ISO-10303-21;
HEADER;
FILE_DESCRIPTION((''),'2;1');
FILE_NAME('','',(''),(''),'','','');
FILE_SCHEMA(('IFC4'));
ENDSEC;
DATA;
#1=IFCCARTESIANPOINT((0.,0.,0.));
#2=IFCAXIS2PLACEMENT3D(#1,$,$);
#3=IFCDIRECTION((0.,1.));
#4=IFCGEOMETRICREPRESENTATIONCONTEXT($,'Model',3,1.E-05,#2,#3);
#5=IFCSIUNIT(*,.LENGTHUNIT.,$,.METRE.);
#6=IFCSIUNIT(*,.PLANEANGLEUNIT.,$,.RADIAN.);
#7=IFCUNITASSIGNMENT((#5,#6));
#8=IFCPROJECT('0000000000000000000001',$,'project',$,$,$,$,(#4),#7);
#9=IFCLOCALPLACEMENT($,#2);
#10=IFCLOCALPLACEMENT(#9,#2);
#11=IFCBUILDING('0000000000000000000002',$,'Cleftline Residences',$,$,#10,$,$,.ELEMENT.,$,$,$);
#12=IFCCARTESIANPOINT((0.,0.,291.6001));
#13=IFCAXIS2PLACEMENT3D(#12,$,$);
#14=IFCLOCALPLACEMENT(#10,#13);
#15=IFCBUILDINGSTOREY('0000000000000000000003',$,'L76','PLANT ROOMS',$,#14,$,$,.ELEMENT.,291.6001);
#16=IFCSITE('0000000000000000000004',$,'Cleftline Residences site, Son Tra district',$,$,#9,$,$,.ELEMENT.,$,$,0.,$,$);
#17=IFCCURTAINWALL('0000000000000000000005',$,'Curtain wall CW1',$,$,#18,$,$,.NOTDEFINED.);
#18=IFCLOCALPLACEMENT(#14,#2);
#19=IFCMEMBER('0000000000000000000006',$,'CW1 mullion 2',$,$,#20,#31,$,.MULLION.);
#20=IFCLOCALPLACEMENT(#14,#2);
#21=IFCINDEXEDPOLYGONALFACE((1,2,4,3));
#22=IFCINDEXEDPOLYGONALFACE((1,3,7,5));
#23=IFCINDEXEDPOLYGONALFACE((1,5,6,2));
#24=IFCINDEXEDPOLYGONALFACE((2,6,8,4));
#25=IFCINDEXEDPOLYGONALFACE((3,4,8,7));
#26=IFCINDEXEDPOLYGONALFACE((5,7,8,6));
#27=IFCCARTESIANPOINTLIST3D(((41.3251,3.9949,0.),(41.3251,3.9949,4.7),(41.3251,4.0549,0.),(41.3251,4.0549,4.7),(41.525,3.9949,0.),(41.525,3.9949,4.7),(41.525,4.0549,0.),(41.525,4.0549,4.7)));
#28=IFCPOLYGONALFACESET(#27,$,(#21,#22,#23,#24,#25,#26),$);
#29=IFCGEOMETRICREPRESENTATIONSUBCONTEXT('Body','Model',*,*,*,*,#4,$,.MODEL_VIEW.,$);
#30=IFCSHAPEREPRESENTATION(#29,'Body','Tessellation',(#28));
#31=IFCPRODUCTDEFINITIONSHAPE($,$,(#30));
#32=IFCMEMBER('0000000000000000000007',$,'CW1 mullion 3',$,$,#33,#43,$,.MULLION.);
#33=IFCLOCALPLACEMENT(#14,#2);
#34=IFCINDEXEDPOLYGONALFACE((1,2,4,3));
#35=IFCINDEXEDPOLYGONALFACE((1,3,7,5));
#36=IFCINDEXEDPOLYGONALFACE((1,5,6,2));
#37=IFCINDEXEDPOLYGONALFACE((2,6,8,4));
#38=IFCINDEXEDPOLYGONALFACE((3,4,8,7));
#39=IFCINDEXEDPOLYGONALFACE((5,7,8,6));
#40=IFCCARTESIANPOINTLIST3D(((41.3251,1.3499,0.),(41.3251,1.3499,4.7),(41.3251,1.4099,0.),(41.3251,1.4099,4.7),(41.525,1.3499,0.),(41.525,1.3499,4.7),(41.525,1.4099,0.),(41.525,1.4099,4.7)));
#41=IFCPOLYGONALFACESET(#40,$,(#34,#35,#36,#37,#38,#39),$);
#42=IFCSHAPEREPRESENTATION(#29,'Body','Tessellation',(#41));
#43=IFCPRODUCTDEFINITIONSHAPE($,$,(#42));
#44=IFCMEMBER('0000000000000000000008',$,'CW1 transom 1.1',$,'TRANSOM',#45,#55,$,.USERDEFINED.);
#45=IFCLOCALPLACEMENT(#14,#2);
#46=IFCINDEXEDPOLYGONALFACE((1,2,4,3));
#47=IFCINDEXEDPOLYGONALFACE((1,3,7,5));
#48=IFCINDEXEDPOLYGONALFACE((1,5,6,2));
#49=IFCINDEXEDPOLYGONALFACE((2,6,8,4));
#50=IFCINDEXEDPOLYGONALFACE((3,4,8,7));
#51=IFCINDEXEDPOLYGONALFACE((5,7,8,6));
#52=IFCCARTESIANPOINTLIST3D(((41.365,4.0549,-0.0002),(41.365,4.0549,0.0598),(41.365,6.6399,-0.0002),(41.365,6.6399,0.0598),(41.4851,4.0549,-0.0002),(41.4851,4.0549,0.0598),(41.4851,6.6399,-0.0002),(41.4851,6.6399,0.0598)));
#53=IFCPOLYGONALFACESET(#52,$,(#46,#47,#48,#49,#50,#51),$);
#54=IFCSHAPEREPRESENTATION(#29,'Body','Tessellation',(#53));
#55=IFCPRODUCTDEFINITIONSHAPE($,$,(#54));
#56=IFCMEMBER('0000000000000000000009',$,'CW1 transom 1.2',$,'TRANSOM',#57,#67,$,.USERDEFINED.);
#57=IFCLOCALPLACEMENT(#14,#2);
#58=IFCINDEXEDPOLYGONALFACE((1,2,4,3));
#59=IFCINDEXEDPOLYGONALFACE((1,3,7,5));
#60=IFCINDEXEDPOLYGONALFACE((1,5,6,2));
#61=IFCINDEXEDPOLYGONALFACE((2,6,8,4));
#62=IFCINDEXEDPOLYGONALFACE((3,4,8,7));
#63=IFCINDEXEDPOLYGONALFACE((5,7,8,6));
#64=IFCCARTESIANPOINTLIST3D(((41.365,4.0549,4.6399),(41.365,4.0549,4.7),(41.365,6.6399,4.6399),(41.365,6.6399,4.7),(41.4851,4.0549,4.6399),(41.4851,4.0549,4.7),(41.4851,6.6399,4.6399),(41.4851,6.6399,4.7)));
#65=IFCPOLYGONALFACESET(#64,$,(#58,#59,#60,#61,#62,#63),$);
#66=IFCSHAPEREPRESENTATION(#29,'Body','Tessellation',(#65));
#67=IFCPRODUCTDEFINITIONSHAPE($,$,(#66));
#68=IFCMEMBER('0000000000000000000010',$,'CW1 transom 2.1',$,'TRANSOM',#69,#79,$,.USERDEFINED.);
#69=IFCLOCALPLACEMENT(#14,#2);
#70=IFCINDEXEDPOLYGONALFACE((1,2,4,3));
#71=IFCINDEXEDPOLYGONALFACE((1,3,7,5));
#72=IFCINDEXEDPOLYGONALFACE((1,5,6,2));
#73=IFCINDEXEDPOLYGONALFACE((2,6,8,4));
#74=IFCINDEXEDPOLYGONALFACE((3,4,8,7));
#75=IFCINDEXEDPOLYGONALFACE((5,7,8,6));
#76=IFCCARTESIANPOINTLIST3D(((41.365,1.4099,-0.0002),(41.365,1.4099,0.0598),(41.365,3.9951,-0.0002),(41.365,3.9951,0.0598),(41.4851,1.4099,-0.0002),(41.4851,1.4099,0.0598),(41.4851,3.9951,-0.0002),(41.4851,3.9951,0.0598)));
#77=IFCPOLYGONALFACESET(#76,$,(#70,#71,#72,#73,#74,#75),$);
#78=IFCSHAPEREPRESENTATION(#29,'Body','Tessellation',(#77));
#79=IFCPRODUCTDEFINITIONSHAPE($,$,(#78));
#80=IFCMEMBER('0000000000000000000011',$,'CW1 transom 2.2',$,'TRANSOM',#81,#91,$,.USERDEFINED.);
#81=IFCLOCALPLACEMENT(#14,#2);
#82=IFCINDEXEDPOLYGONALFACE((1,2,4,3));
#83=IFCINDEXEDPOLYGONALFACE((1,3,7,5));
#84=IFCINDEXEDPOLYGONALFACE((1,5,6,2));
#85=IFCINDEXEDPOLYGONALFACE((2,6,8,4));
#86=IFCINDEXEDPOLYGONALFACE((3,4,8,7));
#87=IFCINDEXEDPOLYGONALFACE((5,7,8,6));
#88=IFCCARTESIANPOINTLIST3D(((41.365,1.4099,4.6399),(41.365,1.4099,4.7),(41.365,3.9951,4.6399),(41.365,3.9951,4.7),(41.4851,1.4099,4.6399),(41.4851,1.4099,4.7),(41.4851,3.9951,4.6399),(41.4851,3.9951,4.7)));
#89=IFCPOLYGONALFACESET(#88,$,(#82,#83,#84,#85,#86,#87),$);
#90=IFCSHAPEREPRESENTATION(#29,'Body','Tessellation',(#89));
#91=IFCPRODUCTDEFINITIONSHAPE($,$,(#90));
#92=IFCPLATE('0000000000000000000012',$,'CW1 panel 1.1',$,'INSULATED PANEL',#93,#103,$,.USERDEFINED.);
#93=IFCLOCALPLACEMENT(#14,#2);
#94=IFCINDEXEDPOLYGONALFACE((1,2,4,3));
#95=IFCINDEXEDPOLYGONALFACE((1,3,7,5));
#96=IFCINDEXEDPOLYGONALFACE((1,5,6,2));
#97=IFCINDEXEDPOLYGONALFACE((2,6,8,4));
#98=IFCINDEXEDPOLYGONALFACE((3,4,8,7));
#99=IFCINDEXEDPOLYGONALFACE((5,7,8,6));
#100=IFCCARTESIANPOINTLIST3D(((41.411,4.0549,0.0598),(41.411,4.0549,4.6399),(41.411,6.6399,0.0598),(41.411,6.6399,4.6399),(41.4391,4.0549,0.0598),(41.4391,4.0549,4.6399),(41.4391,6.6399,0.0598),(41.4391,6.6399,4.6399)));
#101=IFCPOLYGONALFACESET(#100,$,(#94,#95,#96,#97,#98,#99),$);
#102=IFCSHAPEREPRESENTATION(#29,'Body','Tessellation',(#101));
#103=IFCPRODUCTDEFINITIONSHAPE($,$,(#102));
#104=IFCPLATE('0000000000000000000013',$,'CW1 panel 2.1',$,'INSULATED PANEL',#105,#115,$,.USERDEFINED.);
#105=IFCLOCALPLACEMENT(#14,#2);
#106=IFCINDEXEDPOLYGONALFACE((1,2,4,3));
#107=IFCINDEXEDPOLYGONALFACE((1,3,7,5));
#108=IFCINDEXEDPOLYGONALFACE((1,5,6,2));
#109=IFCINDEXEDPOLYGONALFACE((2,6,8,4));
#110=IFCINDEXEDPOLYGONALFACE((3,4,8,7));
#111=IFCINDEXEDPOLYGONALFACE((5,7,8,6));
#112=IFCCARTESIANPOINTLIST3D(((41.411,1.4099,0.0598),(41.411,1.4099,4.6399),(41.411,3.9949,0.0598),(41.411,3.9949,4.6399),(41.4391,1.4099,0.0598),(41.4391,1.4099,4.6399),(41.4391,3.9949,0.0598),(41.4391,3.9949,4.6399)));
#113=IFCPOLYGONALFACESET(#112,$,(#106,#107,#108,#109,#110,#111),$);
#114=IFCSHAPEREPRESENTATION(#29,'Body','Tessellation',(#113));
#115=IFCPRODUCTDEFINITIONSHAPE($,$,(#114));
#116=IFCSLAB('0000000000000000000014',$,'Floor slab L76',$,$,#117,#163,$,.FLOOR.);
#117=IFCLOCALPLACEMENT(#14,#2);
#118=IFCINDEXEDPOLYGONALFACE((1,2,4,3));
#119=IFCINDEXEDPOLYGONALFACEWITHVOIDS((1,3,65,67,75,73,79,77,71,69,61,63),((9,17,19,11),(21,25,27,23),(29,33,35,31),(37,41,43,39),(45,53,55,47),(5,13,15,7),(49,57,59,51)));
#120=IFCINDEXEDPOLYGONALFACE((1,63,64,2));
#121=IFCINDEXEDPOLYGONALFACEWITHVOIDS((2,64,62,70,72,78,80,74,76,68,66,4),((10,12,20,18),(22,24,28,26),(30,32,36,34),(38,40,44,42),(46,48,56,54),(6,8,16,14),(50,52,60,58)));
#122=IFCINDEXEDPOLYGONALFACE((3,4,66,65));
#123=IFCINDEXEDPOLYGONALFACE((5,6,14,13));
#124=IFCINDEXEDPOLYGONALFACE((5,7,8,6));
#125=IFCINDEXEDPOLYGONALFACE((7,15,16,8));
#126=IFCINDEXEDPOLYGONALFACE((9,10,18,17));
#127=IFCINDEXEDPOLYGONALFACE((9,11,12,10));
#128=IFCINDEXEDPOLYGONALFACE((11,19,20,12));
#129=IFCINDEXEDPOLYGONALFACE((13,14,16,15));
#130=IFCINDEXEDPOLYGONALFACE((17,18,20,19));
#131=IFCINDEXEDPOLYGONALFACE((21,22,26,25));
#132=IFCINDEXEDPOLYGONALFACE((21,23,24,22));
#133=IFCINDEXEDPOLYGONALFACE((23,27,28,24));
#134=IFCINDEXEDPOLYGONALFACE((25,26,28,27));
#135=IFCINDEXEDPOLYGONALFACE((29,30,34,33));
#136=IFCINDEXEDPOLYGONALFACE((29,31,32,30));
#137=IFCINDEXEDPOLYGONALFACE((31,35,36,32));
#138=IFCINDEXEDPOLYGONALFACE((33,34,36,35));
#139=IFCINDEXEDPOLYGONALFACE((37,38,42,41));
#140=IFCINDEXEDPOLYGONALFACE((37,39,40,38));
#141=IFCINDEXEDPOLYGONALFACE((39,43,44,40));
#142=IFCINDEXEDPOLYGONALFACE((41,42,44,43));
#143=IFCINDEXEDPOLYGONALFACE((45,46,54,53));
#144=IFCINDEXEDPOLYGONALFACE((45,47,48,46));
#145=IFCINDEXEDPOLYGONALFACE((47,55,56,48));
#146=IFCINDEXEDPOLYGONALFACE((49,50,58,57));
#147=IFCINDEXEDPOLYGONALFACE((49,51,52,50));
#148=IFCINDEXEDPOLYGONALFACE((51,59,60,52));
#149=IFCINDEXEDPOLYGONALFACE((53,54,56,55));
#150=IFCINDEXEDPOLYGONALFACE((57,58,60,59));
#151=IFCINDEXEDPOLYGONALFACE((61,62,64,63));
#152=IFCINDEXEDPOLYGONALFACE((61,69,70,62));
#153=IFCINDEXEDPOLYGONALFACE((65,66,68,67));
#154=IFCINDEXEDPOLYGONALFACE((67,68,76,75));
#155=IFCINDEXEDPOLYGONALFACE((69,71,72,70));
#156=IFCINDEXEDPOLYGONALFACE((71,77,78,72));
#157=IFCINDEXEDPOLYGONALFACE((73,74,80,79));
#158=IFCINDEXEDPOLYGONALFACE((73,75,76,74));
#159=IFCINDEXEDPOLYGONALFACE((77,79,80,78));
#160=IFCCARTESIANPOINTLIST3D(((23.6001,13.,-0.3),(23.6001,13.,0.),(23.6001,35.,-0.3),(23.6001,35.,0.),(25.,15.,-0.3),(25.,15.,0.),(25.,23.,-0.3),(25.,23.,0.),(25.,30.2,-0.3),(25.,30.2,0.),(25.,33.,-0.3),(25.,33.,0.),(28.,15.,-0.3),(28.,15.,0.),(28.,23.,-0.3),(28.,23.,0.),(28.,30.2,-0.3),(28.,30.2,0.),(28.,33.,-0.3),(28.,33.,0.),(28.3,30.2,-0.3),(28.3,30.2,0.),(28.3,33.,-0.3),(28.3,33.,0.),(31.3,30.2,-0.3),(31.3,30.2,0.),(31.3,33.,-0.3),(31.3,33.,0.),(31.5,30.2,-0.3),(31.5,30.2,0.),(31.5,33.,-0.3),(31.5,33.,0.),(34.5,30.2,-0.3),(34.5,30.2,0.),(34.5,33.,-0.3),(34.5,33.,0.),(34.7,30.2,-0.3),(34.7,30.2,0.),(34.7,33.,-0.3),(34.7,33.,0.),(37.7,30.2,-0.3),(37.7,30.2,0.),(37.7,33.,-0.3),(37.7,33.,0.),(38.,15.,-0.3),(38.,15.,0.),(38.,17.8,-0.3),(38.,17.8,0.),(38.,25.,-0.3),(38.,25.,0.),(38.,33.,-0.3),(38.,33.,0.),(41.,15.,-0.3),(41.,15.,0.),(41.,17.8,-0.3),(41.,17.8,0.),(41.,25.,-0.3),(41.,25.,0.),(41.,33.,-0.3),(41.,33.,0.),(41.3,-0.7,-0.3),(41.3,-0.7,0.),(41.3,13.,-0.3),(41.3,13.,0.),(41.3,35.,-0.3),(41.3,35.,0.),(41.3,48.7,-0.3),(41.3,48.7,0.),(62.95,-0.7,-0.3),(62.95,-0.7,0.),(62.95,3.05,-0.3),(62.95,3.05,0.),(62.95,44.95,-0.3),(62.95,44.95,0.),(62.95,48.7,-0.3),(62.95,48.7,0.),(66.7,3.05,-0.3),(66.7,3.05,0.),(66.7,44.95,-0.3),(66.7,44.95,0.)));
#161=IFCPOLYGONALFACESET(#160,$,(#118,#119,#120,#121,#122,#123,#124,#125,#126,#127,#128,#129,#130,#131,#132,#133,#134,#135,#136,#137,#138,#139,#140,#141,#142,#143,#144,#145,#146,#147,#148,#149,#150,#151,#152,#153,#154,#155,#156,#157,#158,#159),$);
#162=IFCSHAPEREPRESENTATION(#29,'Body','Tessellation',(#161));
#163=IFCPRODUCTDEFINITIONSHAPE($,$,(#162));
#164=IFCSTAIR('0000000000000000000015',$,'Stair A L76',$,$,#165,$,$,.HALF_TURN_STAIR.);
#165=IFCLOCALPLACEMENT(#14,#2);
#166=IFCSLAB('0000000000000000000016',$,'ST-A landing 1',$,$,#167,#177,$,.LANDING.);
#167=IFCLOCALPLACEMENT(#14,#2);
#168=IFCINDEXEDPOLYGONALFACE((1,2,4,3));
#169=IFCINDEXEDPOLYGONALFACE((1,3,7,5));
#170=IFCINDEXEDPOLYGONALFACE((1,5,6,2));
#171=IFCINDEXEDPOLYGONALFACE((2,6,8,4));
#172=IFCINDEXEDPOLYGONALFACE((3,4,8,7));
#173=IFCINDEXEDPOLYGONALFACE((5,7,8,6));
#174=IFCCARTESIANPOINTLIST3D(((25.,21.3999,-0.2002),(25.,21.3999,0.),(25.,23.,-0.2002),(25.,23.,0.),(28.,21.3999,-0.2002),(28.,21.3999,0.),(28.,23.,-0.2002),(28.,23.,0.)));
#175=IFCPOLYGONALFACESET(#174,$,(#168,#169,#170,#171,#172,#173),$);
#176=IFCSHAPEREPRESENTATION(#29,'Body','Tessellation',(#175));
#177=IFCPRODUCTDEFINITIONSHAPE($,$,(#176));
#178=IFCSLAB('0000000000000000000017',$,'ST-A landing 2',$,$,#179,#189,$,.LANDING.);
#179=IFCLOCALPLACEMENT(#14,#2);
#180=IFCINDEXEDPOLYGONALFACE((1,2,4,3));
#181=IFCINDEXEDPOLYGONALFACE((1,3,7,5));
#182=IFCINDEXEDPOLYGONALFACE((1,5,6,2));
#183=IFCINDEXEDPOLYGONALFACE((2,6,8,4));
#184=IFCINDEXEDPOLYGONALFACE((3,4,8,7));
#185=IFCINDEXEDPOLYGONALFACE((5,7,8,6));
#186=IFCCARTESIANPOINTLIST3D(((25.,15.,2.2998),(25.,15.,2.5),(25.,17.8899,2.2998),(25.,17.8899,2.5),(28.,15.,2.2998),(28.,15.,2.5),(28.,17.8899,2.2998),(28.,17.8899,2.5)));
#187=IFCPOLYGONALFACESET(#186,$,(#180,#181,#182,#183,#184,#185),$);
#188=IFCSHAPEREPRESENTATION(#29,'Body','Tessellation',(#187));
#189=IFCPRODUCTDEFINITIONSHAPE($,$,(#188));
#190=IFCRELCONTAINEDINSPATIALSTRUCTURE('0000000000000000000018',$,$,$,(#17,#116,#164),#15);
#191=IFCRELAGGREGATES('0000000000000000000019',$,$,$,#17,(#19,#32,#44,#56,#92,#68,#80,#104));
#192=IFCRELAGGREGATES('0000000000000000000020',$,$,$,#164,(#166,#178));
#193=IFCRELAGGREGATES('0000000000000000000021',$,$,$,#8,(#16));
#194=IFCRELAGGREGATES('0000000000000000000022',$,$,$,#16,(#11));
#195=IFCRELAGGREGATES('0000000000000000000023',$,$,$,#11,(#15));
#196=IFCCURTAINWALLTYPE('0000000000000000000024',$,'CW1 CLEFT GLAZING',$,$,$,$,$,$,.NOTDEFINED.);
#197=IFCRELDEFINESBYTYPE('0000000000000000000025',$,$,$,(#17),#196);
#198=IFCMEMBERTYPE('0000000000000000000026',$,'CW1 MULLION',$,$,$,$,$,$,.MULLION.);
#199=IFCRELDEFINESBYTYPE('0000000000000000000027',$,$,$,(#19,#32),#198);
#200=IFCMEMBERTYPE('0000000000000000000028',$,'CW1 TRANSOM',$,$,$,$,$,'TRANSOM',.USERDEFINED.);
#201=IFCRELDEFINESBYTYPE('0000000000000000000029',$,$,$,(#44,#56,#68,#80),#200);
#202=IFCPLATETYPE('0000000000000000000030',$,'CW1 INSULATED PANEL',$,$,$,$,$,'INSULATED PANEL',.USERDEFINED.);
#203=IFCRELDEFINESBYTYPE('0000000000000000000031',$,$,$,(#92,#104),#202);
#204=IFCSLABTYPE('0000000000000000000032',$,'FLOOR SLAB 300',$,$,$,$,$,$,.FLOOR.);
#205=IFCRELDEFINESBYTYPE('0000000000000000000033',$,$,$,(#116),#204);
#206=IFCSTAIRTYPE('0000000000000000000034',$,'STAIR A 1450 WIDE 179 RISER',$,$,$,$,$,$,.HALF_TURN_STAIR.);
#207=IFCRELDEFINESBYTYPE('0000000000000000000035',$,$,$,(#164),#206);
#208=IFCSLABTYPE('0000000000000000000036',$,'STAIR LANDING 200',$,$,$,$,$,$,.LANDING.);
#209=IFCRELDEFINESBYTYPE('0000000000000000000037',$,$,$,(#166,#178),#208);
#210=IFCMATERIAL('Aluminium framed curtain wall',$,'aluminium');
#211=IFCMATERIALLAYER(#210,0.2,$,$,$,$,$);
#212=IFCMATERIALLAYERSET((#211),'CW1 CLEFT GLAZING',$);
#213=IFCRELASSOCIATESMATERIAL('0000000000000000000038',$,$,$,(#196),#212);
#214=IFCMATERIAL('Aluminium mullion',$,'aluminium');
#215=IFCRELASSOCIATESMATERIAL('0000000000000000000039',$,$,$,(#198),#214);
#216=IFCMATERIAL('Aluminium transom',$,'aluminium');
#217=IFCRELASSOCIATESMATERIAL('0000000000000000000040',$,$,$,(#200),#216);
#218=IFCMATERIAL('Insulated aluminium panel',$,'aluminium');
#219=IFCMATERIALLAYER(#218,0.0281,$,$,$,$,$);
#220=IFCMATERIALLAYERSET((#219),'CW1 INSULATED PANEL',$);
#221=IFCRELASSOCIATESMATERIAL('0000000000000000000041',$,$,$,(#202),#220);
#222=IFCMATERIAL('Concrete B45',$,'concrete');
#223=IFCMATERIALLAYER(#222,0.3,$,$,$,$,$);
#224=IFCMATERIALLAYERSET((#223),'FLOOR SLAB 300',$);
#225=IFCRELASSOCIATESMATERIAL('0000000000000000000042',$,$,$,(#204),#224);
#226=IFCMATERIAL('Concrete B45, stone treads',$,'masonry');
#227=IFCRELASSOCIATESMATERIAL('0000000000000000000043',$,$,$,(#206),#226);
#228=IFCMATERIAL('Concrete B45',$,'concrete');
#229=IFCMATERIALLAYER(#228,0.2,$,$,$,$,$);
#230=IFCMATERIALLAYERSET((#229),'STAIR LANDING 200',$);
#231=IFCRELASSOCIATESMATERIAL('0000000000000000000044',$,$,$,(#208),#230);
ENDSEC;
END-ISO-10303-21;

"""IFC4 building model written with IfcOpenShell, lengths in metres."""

from ifc_helpers import new_model, si_unit, direction, frame, origin, origin_2d, place, context, subcontext, project, spatial, polyline, rectangle, outline, extrude, material, layer, layer_set, material_profile, profile_set, type_object, element, aggregate, save


model = new_model("IFC4")

# Units and contexts
model_context = context("Model", 3, precision=1e-05, world=origin(), true_north=direction((0.0, 1.0)))
body_context = subcontext(model_context, "Body", "Model", "MODEL_VIEW")
ifc_project = project(units=[si_unit("LENGTHUNIT", "METRE"), si_unit("PLANEANGLEUNIT", "RADIAN")], contexts=[model_context])

# Site, building, storey
site_placement = place(None, origin())
site = spatial("IfcSite", under=ifc_project, at=site_placement, Name="Cleftline Residences site, Son Tra district", CompositionType="ELEMENT", RefElevation=0.0)
building_placement = place(site_placement, origin())
building = spatial("IfcBuilding", under=site, at=building_placement, Name="Cleftline Residences", CompositionType="ELEMENT")
storey_placement = place(building_placement, frame((0.0, 0.0, 291.6001)))
storey = spatial("IfcBuildingStorey", under=building, at=storey_placement, Name="L76", Description="PLANT ROOMS", CompositionType="ELEMENT", Elevation=291.6001)

# Curtain wall, members, plates
ifc_material_1 = material(Name="Aluminium framed curtain wall", Category="aluminium")
ifc_layer_1 = layer(ifc_material_1, 0.2)
ifc_layer_set_1 = layer_set([ifc_layer_1], Name="CW1 CLEFT GLAZING")
curtain_wall_type = type_object("IfcCurtainWallType", Name="CW1 CLEFT GLAZING", PredefinedType="NOTDEFINED", material=ifc_layer_set_1)
curtain_wall_placement = place(storey_placement, origin())
curtain_wall = element("IfcCurtainWall", 1, at=curtain_wall_placement, inside=storey, type_object=curtain_wall_type, Name="Curtain wall CW1", PredefinedType="NOTDEFINED")
ifc_material_2 = material(Name="Aluminium mullion", Category="aluminium")
ifc_material_profile_1 = material_profile(ifc_material_2, rectangle(XDim=0.2, YDim=0.0601, at=origin_2d()))
ifc_profile_set_1 = profile_set([ifc_material_profile_1], Name="Aluminium mullion")
member_type_1 = type_object("IfcMemberType", Name="CW1 MULLION", PredefinedType="MULLION", material=ifc_profile_set_1)
member_1_placement = place(storey_placement, frame((41.425, 4.0249, 0.0), z_axis=(0.0, 0.0, 1.0), x_axis=(1.0, 0.0, 0.0)))
member_1 = element("IfcMember", 2, at=member_1_placement, type_object=member_type_1, Name="CW1 mullion 2", PredefinedType="MULLION", context=body_context, shape_type="SweptSolid", body=[
    extrude(rectangle(XDim=0.2, YDim=0.0601, at=origin_2d()), origin(), (0.0, 0.0, 1.0), 4.7),
])
member_2_placement = place(storey_placement, frame((41.425, 1.3799, 0.0), z_axis=(0.0, 0.0, 1.0), x_axis=(1.0, 0.0, 0.0)))
member_2 = element("IfcMember", 3, at=member_2_placement, type_object=member_type_1, Name="CW1 mullion 3", PredefinedType="MULLION", context=body_context, shape_type="SweptSolid", body=[
    extrude(rectangle(XDim=0.2, YDim=0.0601, at=origin_2d()), origin(), (0.0, 0.0, 1.0), 4.7),
])
ifc_material_3 = material(Name="Aluminium transom", Category="aluminium")
ifc_material_profile_2 = material_profile(ifc_material_3, rectangle(XDim=0.1201, YDim=0.0601, at=origin_2d()))
ifc_profile_set_2 = profile_set([ifc_material_profile_2], Name="Aluminium transom")
member_type_2 = type_object("IfcMemberType", Name="CW1 TRANSOM", ElementType="TRANSOM", PredefinedType="USERDEFINED", material=ifc_profile_set_2)
member_3_placement = place(storey_placement, frame((41.425, 6.6399, 0.0298), z_axis=(0.0, -1.0, 0.0), x_axis=(1.0, 0.0, 0.0)))
member_3 = element("IfcMember", 4, at=member_3_placement, type_object=member_type_2, Name="CW1 transom 1.1", ObjectType="TRANSOM", PredefinedType="USERDEFINED", context=body_context, shape_type="SweptSolid", body=[
    extrude(rectangle(XDim=0.1201, YDim=0.0601, at=origin_2d()), origin(), (0.0, 0.0, 1.0), 2.585),
])
member_4_placement = place(storey_placement, frame((41.425, 6.6399, 4.6699), z_axis=(0.0, -1.0, 0.0), x_axis=(1.0, 0.0, 0.0)))
member_4 = element("IfcMember", 5, at=member_4_placement, type_object=member_type_2, Name="CW1 transom 1.2", ObjectType="TRANSOM", PredefinedType="USERDEFINED", context=body_context, shape_type="SweptSolid", body=[
    extrude(rectangle(XDim=0.1201, YDim=0.0601, at=origin_2d()), origin(), (0.0, 0.0, 1.0), 2.585),
])
member_5_placement = place(storey_placement, frame((41.425, 3.9951, 0.0298), z_axis=(0.0, -1.0, 0.0), x_axis=(1.0, 0.0, 0.0)))
member_5 = element("IfcMember", 6, at=member_5_placement, type_object=member_type_2, Name="CW1 transom 2.1", ObjectType="TRANSOM", PredefinedType="USERDEFINED", context=body_context, shape_type="SweptSolid", body=[
    extrude(rectangle(XDim=0.1201, YDim=0.0601, at=origin_2d()), origin(), (0.0, 0.0, 1.0), 2.5852),
])
member_6_placement = place(storey_placement, frame((41.425, 3.9951, 4.6699), z_axis=(0.0, -1.0, 0.0), x_axis=(1.0, 0.0, 0.0)))
member_6 = element("IfcMember", 7, at=member_6_placement, type_object=member_type_2, Name="CW1 transom 2.2", ObjectType="TRANSOM", PredefinedType="USERDEFINED", context=body_context, shape_type="SweptSolid", body=[
    extrude(rectangle(XDim=0.1201, YDim=0.0601, at=origin_2d()), origin(), (0.0, 0.0, 1.0), 2.5852),
])
ifc_material_4 = material(Name="Insulated aluminium panel", Category="aluminium")
ifc_layer_2 = layer(ifc_material_4, 0.0281)
ifc_layer_set_2 = layer_set([ifc_layer_2], Name="CW1 INSULATED PANEL")
plate_type = type_object("IfcPlateType", Name="CW1 INSULATED PANEL", ElementType="INSULATED PANEL", PredefinedType="USERDEFINED", material=ifc_layer_set_2)
plate_1_placement = place(storey_placement, frame((41.425, 5.3474, 0.0598), z_axis=(0.0, 0.0, 1.0), x_axis=(0.0, -1.0, 0.0)))
plate_1 = element("IfcPlate", 8, at=plate_1_placement, type_object=plate_type, Name="CW1 panel 1.1", ObjectType="INSULATED PANEL", PredefinedType="USERDEFINED", context=body_context, shape_type="SweptSolid", body=[
    extrude(rectangle(XDim=2.585, YDim=0.0281, at=origin_2d()), origin(), (0.0, 0.0, 1.0), 4.5801),
])
plate_2_placement = place(storey_placement, frame((41.425, 2.7024, 0.0598), z_axis=(0.0, 0.0, 1.0), x_axis=(0.0, -1.0, 0.0)))
plate_2 = element("IfcPlate", 9, at=plate_2_placement, type_object=plate_type, Name="CW1 panel 2.1", ObjectType="INSULATED PANEL", PredefinedType="USERDEFINED", context=body_context, shape_type="SweptSolid", body=[
    extrude(rectangle(XDim=2.585, YDim=0.0281, at=origin_2d()), origin(), (0.0, 0.0, 1.0), 4.5801),
])
aggregate(curtain_wall, [member_1, member_2, member_3, member_4, plate_1, member_5, member_6, plate_2])

# Slab
ifc_material_5 = material(Name="Concrete B45", Category="concrete")
ifc_layer_3 = layer(ifc_material_5, 0.3)
ifc_layer_set_3 = layer_set([ifc_layer_3], Name="FLOOR SLAB 300")
slab_type_1 = type_object("IfcSlabType", Name="FLOOR SLAB 300", PredefinedType="FLOOR", material=ifc_layer_set_3)
slab_1_placement = place(storey_placement, frame((0.0, 0.0, -0.3)))
element("IfcSlab", 10, at=slab_1_placement, inside=storey, type_object=slab_type_1, Name="Floor slab L76", PredefinedType="FLOOR", context=body_context, shape_type="SweptSolid", body=[
    extrude(outline(polyline([(41.3, 13.0), (41.3, -0.7), (62.95, -0.7), (62.95, 3.05), (66.7, 3.05), (66.7, 44.95), (62.95, 44.95), (62.95, 48.7), (41.3, 48.7), (41.3, 35.0), (23.6001, 35.0), (23.6001, 13.0), (41.3, 13.0)]), holes=[polyline([(28.0, 15.0), (28.0, 23.0), (25.0, 23.0), (25.0, 15.0), (28.0, 15.0)]), polyline([(41.0, 25.0), (41.0, 33.0), (38.0, 33.0), (38.0, 25.0), (41.0, 25.0)]), polyline([(28.0, 30.2), (28.0, 33.0), (25.0, 33.0), (25.0, 30.2), (28.0, 30.2)]), polyline([(41.0, 15.0), (41.0, 17.8), (38.0, 17.8), (38.0, 15.0), (41.0, 15.0)]), polyline([(31.3, 30.2), (31.3, 33.0), (28.3, 33.0), (28.3, 30.2), (31.3, 30.2)]), polyline([(34.5, 30.2), (34.5, 33.0), (31.5, 33.0), (31.5, 30.2), (34.5, 30.2)]), polyline([(37.7, 30.2), (37.7, 33.0), (34.7, 33.0), (34.7, 30.2), (37.7, 30.2)])]), origin(), (0.0, 0.0, 1.0), 0.3),
])

# Stair, slabs
ifc_material_6 = material(Name="Concrete B45, stone treads", Category="masonry")
stair_type_1 = type_object("IfcStairType", Name="STAIR A 1450 WIDE 179 RISER", PredefinedType="HALF_TURN_STAIR", material=ifc_material_6)
stair_1_placement = place(storey_placement, origin())
stair_1 = element("IfcStair", 11, at=stair_1_placement, inside=storey, type_object=stair_type_1, Name="Stair A L76", PredefinedType="HALF_TURN_STAIR")
ifc_material_7 = material(Name="Concrete B45", Category="concrete")
ifc_layer_4 = layer(ifc_material_7, 0.2)
ifc_layer_set_4 = layer_set([ifc_layer_4], Name="STAIR LANDING 200")
slab_type_2 = type_object("IfcSlabType", Name="STAIR LANDING 200", PredefinedType="LANDING", material=ifc_layer_set_4)
slab_2_placement = place(storey_placement, frame((0.0, 0.0, -0.2002)))
slab_2 = element("IfcSlab", 12, at=slab_2_placement, type_object=slab_type_2, Name="ST-A landing 1", PredefinedType="LANDING", context=body_context, shape_type="SweptSolid", body=[
    extrude(outline(polyline([(25.0, 21.3999), (28.0, 21.3999), (28.0, 23.0), (25.0, 23.0), (25.0, 21.3999)])), origin(), (0.0, 0.0, 1.0), 0.2002),
])
slab_3_placement = place(storey_placement, frame((0.0, 0.0, 2.2998)))
slab_3 = element("IfcSlab", 13, at=slab_3_placement, type_object=slab_type_2, Name="ST-A landing 2", PredefinedType="LANDING", context=body_context, shape_type="SweptSolid", body=[
    extrude(outline(polyline([(25.0, 15.0), (28.0, 15.0), (28.0, 17.8899), (25.0, 17.8899), (25.0, 15.0)])), origin(), (0.0, 0.0, 1.0), 0.2002),
])

aggregate(stair_1, [slab_2, slab_3])

save(model, "model.ifc")
